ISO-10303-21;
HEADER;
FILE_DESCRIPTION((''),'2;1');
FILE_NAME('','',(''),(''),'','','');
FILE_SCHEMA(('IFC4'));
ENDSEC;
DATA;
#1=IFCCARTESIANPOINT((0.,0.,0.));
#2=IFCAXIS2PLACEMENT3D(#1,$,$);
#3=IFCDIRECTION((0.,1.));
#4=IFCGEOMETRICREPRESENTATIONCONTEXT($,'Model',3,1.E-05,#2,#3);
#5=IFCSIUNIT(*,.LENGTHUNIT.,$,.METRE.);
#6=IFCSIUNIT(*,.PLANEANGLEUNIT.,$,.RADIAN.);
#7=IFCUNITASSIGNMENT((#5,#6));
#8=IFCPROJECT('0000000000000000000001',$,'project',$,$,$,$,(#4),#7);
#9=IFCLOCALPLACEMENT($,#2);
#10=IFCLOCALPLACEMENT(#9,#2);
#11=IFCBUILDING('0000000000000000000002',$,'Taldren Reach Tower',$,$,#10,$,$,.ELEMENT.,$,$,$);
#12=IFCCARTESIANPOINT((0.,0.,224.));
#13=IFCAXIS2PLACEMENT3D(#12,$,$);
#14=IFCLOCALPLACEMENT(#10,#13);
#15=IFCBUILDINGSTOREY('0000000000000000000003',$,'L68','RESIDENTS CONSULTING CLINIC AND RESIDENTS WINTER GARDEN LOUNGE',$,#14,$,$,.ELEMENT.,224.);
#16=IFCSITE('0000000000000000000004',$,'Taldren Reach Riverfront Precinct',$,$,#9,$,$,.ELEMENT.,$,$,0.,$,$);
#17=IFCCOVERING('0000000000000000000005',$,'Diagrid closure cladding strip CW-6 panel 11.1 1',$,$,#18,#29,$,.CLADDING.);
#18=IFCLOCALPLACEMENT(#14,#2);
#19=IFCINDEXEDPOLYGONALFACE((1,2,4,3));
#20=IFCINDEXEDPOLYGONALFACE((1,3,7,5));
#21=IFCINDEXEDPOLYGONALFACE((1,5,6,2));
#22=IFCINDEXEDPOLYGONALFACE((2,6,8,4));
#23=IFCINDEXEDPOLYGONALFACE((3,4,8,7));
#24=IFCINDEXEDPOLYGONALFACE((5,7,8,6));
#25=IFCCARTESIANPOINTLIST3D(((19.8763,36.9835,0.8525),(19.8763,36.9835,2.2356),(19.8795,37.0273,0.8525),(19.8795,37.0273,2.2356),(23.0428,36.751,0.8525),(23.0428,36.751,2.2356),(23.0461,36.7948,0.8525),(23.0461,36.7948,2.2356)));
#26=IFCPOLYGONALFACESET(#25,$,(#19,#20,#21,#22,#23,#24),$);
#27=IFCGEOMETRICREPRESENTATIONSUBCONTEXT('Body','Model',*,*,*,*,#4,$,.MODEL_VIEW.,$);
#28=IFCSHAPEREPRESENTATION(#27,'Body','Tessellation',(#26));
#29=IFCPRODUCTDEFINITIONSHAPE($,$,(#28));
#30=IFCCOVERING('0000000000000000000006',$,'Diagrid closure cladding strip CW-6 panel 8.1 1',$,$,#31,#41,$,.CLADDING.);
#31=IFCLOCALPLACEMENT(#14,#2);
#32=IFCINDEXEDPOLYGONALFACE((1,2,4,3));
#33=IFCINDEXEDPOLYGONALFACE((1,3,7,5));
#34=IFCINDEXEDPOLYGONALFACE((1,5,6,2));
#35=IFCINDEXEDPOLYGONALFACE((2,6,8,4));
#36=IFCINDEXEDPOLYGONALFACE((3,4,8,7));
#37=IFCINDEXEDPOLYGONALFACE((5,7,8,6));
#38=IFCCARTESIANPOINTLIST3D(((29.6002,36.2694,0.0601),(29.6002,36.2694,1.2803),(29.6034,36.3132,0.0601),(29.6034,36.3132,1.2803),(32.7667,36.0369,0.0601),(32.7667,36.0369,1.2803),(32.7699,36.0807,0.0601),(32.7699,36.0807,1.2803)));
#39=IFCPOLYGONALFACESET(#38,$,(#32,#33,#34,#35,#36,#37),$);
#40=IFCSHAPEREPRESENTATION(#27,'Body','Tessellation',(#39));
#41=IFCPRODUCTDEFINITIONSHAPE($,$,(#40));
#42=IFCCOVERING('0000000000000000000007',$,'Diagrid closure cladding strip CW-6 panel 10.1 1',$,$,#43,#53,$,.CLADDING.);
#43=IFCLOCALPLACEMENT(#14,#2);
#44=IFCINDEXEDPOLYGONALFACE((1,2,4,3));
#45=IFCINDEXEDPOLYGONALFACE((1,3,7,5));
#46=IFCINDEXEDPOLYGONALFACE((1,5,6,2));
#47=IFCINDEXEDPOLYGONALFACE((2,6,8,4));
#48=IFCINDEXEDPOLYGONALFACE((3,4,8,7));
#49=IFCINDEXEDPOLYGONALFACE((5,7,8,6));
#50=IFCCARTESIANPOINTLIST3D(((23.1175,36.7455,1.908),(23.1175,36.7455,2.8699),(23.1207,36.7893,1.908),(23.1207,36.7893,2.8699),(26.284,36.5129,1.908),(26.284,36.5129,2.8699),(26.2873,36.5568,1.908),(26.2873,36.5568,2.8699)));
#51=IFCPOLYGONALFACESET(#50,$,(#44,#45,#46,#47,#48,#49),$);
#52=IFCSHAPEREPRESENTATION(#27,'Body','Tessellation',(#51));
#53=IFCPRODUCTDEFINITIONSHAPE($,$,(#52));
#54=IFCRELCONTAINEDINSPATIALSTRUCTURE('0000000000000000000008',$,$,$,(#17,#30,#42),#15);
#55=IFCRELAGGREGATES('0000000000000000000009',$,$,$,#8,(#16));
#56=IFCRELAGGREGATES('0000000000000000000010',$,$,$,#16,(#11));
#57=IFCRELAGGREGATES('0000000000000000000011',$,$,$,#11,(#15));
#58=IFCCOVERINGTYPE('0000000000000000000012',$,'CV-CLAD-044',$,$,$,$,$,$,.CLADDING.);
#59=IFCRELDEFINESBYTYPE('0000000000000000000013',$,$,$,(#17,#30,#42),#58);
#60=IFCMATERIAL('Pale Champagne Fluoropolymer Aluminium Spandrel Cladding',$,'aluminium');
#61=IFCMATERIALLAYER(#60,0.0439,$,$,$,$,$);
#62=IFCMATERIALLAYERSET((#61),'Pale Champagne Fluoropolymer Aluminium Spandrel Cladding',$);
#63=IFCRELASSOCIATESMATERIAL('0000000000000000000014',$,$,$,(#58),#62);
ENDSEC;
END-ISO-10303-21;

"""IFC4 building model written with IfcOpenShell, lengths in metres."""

from ifc_helpers import new_model, si_unit, direction, frame, origin, origin_2d, place, context, subcontext, project, spatial, rectangle, extrude, source, transform, mapped, material, layer, layer_set, type_object, element, save


model = new_model("IFC4")

# Units and contexts
model_context = context("Model", 3, precision=1e-05, world=origin(), true_north=direction((0.0, 1.0)))
body_context = subcontext(model_context, "Body", "Model", "MODEL_VIEW")
ifc_project = project(units=[si_unit("LENGTHUNIT", "METRE"), si_unit("PLANEANGLEUNIT", "RADIAN")], contexts=[model_context])

# Site, building, storey
site_placement = place(None, origin())
site = spatial("IfcSite", under=ifc_project, at=site_placement, Name="Taldren Reach Riverfront Precinct", CompositionType="ELEMENT", RefElevation=0.0)
building_placement = place(site_placement, origin())
building = spatial("IfcBuilding", under=site, at=building_placement, Name="Taldren Reach Tower", CompositionType="ELEMENT")
storey_placement = place(building_placement, frame((0.0, 0.0, 224.0)))
storey = spatial("IfcBuildingStorey", under=building, at=storey_placement, Name="L68", Description="RESIDENTS CONSULTING CLINIC AND RESIDENTS WINTER GARDEN LOUNGE", CompositionType="ELEMENT", Elevation=224.0)

# Coverings
ifc_material_1 = material(Name="Pale Champagne Fluoropolymer Aluminium Spandrel Cladding", Category="aluminium")
ifc_layer_1 = layer(ifc_material_1, 0.0439)
ifc_layer_set_1 = layer_set([ifc_layer_1], Name="Pale Champagne Fluoropolymer Aluminium Spandrel Cladding")
covering_type = type_object("IfcCoveringType", Name="CV-CLAD-044", PredefinedType="CLADDING", material=ifc_layer_set_1)
shared_shape_1 = source(origin(), body_context, "Body", "SweptSolid", [
    extrude(rectangle(XDim=3.175, YDim=0.0439, at=origin_2d()), origin(), (0.0, 0.0, 1.0), 1.3831),
])
for number, where, z_axis, x_axis, name in (
    (1, (21.4612, 36.8892, 0.8525), (0.0, 0.0, 1.0), (-0.997314, 0.073238, 0.0), "Diagrid closure cladding strip CW-6 panel 11.1 1"),
):
    element("IfcCovering", number, at=place(storey_placement, frame(where, z_axis=z_axis, x_axis=x_axis)), inside=storey, type_object=covering_type, Name=name, PredefinedType="CLADDING", context=body_context, shape_type="MappedRepresentation", body=[
        mapped(shared_shape_1, transform((0.0, 0.0, 0.0), scale=1.0)),
    ])
shared_shape_2 = source(origin(), body_context, "Body", "SweptSolid", [
    extrude(rectangle(XDim=3.175, YDim=0.0439, at=origin_2d()), origin(), (0.0, 0.0, 1.0), 1.2202),
])
covering_1_placement = place(storey_placement, frame((31.1851, 36.175, 0.0601), z_axis=(0.0, 0.0, 1.0), x_axis=(-0.997314, 0.073238, 0.0)))
element("IfcCovering", 2, at=covering_1_placement, inside=storey, type_object=covering_type, Name="Diagrid closure cladding strip CW-6 panel 8.1 1", PredefinedType="CLADDING", context=body_context, shape_type="MappedRepresentation", body=[
    mapped(shared_shape_2, transform((0.0, 0.0, 0.0), scale=1.0)),
])
shared_shape_3 = source(origin(), body_context, "Body", "SweptSolid", [
    extrude(rectangle(XDim=3.175, YDim=0.0439, at=origin_2d()), origin(), (0.0, 0.0, 1.0), 0.9619),
])
covering_2_placement = place(storey_placement, frame((24.7024, 36.6511, 1.908), z_axis=(0.0, 0.0, 1.0), x_axis=(-0.997314, 0.073238, 0.0)))
element("IfcCovering", 3, at=covering_2_placement, inside=storey, type_object=covering_type, Name="Diagrid closure cladding strip CW-6 panel 10.1 1", PredefinedType="CLADDING", context=body_context, shape_type="MappedRepresentation", body=[
    mapped(shared_shape_3, transform((0.0, 0.0, 0.0), scale=1.0)),
])

save(model, "model.ifc")
